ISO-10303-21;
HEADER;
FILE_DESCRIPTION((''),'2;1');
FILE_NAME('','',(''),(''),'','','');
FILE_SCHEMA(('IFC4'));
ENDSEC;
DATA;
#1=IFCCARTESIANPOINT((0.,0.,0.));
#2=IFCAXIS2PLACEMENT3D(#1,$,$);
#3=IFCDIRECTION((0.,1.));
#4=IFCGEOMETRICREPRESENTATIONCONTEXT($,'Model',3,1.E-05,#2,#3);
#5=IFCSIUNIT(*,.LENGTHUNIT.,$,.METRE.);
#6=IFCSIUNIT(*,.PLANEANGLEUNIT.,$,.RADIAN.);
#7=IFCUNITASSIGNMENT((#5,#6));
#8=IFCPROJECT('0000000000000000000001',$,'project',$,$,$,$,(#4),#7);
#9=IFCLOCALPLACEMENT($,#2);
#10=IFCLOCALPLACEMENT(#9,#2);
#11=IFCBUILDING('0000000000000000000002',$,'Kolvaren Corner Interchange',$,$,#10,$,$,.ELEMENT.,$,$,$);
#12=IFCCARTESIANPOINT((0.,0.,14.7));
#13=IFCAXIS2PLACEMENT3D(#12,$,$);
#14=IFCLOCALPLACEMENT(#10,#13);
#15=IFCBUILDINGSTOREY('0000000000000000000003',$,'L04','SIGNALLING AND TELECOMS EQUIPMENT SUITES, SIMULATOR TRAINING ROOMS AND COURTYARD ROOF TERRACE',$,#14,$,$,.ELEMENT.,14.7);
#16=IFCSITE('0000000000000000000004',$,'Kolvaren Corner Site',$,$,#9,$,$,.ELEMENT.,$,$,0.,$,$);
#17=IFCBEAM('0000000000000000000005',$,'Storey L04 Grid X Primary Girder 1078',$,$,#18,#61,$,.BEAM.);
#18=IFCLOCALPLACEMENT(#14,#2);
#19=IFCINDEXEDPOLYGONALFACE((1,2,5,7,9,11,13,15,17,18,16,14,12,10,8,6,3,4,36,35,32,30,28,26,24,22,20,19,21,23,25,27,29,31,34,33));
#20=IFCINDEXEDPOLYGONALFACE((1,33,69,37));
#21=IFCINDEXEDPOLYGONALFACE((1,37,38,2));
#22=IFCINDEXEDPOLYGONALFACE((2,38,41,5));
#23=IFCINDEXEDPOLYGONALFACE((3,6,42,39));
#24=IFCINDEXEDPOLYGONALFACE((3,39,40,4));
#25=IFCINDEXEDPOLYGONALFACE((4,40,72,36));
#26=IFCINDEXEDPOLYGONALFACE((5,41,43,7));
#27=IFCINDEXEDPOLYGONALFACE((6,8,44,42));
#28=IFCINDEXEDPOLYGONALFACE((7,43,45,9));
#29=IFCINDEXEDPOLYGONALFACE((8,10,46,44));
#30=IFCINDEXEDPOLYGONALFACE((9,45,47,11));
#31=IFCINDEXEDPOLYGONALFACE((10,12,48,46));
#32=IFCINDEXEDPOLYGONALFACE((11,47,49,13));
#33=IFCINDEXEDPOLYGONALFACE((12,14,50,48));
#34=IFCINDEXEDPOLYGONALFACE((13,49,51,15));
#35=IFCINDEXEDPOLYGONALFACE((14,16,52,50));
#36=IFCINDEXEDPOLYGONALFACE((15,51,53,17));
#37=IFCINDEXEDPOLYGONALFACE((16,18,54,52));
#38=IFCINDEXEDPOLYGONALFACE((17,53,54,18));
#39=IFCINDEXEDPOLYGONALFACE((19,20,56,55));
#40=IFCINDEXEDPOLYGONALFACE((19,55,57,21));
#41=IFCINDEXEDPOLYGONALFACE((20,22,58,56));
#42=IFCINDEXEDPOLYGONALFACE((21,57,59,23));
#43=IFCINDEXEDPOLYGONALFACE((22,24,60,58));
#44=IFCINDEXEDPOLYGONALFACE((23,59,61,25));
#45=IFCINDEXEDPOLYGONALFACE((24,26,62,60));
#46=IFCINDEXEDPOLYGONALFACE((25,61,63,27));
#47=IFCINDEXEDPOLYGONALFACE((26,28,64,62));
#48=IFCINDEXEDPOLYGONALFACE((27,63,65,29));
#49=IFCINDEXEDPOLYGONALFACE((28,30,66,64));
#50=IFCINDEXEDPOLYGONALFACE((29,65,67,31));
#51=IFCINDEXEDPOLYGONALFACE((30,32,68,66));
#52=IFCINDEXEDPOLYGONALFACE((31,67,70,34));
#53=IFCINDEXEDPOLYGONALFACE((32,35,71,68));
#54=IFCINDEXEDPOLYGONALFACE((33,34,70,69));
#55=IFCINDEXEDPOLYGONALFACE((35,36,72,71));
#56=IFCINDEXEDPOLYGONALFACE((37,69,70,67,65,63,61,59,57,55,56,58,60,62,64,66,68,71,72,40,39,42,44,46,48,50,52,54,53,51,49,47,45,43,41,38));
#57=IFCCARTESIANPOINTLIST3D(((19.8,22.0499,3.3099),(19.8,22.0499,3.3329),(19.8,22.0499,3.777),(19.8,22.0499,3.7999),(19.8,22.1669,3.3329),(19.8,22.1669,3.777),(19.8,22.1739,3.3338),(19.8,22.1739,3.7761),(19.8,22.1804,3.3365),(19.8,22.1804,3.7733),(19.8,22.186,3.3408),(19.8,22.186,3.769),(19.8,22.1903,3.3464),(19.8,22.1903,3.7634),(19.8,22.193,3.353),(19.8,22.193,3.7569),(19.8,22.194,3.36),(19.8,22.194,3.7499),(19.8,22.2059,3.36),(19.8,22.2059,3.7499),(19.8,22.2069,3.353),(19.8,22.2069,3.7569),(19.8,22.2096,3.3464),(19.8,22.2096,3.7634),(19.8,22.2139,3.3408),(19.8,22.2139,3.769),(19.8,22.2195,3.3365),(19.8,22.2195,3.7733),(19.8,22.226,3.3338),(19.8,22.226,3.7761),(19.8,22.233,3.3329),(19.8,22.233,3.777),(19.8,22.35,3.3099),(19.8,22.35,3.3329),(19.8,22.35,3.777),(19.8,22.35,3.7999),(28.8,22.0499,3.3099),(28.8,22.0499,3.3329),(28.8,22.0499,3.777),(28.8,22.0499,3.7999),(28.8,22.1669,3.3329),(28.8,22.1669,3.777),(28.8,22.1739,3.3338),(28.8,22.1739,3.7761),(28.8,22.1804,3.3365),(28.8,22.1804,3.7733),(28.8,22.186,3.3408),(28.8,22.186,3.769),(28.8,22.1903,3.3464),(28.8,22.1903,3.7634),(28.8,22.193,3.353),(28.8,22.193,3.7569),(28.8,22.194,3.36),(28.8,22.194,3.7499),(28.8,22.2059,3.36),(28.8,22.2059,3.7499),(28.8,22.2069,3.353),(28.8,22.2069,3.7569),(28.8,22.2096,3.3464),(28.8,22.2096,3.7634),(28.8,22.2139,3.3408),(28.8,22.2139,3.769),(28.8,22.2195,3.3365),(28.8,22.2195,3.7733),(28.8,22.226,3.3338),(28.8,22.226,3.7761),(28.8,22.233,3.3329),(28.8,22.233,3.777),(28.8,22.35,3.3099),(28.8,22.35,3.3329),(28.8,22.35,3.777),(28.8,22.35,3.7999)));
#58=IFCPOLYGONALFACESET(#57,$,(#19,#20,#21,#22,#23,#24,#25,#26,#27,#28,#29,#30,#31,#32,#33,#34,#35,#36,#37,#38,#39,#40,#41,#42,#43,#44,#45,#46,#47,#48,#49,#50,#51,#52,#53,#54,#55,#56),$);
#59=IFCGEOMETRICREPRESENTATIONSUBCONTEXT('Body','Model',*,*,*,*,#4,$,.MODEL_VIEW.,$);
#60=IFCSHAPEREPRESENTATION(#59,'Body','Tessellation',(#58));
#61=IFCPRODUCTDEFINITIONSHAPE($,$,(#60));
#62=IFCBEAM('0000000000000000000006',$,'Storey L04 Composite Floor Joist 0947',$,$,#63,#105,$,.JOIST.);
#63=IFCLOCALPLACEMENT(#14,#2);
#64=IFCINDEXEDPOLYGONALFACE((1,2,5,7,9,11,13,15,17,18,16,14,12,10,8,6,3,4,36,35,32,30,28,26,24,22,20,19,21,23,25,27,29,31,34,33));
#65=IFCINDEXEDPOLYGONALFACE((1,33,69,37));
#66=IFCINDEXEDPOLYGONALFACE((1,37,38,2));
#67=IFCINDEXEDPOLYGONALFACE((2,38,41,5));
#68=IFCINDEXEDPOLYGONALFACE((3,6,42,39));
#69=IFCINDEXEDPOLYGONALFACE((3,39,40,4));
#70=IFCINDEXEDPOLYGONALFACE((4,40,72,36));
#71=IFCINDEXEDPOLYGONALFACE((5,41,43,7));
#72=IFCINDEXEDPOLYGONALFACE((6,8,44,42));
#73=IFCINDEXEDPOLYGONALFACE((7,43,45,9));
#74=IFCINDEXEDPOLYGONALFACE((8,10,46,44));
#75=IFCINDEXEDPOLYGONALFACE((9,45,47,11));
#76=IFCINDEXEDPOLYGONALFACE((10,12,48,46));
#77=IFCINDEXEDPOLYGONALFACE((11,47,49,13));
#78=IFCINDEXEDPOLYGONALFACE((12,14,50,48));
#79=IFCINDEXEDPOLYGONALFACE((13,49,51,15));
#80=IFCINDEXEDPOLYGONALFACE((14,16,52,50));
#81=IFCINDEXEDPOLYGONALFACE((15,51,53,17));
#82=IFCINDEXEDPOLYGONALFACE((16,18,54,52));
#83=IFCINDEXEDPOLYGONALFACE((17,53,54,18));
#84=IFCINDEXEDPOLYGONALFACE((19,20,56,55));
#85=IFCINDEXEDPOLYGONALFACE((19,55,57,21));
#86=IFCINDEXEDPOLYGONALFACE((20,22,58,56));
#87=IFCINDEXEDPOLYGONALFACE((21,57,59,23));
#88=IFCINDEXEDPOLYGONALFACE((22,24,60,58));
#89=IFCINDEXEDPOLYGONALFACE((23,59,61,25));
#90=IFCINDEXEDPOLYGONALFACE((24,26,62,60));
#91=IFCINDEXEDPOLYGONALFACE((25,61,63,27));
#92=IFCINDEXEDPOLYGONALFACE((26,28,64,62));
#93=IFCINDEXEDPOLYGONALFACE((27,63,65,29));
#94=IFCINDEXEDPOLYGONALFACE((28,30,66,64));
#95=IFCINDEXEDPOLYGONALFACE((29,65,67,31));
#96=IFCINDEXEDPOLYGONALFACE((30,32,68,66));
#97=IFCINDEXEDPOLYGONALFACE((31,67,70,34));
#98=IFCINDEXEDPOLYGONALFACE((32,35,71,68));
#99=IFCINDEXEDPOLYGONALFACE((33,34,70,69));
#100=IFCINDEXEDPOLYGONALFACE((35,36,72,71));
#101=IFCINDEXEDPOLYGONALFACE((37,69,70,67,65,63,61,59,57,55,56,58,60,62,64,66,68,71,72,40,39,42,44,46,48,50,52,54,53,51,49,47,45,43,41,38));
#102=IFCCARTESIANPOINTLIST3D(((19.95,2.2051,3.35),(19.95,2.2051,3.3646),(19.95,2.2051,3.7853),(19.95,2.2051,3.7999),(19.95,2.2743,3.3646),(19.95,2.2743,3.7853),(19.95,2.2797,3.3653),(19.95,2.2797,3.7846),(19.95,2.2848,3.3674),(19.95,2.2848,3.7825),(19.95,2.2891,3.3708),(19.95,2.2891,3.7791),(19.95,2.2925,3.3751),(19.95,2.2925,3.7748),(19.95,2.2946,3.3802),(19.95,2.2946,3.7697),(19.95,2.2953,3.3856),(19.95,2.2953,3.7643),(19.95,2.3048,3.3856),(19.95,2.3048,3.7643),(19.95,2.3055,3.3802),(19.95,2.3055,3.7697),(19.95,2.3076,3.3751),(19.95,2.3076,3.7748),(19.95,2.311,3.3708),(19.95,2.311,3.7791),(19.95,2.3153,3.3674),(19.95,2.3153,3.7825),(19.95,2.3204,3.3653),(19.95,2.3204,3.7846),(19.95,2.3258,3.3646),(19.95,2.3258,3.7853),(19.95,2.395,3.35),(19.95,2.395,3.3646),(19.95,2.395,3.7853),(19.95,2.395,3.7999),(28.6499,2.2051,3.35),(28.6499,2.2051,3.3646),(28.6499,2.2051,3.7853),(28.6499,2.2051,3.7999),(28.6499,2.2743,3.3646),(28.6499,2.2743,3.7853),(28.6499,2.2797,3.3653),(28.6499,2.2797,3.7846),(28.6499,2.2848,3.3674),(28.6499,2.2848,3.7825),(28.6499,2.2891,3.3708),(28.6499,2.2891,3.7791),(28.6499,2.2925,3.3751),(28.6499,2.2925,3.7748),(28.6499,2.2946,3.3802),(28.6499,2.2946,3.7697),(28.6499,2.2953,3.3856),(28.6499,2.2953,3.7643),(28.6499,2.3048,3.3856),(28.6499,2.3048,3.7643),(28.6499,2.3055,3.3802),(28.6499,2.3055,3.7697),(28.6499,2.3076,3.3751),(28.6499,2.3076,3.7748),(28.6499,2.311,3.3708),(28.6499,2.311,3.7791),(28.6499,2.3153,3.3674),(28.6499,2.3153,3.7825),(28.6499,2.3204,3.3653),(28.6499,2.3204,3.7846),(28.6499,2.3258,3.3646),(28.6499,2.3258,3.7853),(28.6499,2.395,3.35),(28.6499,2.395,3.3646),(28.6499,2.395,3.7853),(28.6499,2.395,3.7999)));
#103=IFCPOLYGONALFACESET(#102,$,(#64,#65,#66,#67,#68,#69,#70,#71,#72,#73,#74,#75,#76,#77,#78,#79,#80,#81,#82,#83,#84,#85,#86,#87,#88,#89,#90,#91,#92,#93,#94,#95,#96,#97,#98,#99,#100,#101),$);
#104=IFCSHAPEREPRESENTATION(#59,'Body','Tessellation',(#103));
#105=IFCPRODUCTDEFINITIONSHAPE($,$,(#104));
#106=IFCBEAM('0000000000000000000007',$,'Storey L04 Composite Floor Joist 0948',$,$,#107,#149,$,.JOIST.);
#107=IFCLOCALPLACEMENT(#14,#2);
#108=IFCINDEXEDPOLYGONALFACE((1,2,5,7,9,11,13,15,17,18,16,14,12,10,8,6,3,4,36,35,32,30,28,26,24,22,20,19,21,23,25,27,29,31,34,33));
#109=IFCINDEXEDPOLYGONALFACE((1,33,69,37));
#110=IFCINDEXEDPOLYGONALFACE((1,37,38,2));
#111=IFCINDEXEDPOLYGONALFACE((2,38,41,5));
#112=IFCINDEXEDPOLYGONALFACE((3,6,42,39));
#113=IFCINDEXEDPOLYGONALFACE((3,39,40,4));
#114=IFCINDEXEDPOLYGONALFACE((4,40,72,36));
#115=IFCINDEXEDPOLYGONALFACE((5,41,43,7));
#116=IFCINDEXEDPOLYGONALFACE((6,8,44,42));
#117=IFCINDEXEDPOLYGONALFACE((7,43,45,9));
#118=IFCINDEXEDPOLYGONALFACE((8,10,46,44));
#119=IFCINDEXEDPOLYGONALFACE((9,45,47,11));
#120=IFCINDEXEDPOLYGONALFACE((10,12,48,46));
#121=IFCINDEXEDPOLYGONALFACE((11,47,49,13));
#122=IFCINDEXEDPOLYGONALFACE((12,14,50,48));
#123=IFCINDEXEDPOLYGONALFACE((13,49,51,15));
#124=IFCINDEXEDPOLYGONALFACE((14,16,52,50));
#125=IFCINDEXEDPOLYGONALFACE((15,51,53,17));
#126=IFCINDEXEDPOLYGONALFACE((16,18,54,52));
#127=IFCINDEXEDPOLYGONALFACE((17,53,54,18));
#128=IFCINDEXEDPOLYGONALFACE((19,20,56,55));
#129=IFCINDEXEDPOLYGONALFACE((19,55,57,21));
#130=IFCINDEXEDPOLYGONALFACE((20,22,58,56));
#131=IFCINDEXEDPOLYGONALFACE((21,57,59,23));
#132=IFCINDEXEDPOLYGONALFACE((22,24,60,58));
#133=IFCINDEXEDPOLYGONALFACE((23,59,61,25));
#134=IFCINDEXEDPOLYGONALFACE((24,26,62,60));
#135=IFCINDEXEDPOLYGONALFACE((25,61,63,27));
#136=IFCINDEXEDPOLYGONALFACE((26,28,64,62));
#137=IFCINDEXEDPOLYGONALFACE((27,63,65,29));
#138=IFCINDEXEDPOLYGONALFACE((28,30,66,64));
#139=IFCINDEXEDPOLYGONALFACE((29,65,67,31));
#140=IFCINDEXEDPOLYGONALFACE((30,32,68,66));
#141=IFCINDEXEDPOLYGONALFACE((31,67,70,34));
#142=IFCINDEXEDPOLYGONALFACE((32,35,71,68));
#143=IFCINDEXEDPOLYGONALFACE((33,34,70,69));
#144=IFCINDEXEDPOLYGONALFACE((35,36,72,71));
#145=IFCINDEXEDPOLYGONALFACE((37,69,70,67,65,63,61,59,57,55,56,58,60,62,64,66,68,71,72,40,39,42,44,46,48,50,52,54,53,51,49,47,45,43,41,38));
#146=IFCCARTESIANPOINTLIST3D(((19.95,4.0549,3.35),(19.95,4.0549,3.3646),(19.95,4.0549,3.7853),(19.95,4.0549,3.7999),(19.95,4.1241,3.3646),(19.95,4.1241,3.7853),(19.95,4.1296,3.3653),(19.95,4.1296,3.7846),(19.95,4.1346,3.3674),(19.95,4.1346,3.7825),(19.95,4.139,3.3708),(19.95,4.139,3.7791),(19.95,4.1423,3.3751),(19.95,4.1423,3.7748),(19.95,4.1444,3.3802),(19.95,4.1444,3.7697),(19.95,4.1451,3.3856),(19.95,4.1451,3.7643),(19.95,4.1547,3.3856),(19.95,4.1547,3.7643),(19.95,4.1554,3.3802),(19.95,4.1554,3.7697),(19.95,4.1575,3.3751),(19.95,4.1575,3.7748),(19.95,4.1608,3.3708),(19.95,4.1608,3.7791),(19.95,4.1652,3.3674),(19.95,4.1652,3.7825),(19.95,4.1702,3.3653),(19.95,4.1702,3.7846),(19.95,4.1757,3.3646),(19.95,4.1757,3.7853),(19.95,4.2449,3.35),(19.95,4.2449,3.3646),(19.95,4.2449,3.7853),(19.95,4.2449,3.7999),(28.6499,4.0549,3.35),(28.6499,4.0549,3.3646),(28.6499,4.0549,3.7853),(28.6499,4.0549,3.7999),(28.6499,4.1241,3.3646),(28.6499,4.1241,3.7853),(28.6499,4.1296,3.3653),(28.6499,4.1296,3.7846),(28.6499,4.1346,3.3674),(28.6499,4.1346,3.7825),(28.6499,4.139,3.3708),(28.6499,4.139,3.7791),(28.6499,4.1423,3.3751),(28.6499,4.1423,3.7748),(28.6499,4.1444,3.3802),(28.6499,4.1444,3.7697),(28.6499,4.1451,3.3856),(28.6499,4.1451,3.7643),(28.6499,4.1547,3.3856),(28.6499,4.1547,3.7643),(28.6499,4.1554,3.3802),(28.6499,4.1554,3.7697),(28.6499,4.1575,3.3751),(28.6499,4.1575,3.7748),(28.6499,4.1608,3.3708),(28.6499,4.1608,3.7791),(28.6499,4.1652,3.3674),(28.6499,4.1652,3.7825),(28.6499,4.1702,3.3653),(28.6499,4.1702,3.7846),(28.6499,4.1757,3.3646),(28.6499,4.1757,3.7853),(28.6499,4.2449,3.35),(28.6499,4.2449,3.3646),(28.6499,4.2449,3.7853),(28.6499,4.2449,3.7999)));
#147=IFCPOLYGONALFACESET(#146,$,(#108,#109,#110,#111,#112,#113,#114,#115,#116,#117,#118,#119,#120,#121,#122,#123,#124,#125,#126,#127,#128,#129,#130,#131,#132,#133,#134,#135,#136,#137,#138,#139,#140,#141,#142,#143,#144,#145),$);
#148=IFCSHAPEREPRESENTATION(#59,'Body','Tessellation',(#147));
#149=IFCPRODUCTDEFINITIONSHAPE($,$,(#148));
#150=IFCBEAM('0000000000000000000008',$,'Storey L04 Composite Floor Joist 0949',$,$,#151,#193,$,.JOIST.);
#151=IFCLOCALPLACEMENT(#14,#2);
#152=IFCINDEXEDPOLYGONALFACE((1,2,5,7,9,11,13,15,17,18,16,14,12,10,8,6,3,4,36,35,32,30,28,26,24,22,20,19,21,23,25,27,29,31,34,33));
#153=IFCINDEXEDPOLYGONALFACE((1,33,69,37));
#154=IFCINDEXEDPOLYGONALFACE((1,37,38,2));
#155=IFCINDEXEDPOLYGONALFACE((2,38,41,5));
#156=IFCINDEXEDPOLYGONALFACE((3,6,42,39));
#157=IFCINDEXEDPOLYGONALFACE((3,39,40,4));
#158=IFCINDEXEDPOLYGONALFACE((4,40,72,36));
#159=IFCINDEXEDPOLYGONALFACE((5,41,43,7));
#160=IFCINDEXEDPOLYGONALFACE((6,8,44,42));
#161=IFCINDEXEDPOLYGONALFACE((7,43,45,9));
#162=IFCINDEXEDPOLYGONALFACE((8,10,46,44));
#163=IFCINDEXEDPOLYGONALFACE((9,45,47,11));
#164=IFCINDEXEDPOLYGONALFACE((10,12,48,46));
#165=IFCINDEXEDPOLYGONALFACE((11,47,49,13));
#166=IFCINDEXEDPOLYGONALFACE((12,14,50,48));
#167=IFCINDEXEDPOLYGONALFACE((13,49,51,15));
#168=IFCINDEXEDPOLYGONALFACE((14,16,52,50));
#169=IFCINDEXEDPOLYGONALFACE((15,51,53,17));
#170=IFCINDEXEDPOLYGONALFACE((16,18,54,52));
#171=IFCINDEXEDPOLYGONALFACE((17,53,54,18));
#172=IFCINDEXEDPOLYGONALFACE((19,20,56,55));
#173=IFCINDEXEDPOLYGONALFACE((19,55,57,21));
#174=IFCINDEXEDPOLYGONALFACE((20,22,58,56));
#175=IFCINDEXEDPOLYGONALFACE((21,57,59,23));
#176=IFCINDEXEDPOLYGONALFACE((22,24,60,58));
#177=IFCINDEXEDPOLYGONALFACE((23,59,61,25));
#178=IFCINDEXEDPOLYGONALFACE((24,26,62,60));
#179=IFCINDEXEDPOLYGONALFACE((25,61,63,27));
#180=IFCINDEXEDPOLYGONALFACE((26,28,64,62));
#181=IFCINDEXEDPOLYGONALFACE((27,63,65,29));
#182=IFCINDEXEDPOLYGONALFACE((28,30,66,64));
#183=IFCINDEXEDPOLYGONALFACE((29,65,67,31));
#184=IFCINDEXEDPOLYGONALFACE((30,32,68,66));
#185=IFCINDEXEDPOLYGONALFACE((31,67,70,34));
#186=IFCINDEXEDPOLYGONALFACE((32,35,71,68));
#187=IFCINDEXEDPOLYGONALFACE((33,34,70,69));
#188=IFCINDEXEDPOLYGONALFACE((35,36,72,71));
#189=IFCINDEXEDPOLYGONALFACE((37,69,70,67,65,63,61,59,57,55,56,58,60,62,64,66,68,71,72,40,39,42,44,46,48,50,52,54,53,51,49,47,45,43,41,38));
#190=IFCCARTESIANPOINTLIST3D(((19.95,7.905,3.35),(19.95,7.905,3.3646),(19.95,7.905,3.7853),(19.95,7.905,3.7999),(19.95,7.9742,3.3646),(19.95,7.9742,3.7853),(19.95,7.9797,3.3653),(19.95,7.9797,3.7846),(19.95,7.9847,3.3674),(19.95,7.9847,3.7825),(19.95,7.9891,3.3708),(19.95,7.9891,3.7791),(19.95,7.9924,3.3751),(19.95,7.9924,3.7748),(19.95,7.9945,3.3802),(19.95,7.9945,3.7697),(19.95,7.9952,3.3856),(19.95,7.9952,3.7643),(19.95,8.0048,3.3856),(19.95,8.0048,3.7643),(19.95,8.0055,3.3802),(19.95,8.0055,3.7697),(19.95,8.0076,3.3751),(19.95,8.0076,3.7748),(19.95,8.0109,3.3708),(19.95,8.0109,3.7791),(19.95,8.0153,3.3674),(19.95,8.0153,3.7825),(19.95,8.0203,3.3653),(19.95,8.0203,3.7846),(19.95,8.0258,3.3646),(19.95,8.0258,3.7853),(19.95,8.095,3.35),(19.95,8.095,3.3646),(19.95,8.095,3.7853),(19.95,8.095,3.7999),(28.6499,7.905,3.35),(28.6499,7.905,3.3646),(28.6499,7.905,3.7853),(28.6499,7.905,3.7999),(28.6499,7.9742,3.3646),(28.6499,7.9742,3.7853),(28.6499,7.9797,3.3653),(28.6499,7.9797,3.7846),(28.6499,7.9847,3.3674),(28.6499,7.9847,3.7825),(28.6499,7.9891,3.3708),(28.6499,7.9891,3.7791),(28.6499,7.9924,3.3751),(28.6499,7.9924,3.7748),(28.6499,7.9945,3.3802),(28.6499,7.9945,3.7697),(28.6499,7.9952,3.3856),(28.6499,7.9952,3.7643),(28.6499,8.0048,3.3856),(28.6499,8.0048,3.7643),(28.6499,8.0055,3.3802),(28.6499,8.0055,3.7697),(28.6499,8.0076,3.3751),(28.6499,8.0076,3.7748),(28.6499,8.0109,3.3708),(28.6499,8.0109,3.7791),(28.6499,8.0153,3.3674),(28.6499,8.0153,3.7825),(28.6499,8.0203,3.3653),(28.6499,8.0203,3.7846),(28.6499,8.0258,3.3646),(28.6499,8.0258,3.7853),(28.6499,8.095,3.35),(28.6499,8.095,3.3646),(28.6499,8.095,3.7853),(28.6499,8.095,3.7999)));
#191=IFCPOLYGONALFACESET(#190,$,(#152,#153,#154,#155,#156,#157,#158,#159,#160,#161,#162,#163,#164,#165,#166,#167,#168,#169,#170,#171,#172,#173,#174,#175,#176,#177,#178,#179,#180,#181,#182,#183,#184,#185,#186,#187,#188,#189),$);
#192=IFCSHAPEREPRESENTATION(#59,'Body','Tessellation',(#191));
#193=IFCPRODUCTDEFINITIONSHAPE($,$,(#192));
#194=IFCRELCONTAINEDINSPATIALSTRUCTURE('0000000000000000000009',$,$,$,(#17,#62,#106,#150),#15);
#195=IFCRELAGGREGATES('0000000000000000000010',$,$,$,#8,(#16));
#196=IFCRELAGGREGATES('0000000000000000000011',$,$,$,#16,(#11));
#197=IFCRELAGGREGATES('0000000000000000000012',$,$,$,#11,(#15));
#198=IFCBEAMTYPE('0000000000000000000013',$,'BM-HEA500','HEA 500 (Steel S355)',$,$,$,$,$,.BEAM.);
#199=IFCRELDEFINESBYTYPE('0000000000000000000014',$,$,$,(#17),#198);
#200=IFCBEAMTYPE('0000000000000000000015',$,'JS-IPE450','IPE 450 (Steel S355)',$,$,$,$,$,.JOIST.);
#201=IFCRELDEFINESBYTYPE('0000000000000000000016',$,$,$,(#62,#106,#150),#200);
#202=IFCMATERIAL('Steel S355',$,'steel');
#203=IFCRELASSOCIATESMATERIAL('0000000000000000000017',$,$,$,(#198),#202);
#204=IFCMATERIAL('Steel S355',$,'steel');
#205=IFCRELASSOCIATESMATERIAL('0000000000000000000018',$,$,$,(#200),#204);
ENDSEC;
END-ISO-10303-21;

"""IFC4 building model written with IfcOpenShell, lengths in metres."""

from ifc_helpers import new_model, si_unit, direction, frame, origin, origin_2d, place, context, subcontext, project, spatial, i_section, extrude, material, material_profile, profile_set, type_object, element, save


model = new_model("IFC4")

# Units and contexts
model_context = context("Model", 3, precision=1e-05, world=origin(), true_north=direction((0.0, 1.0)))
body_context = subcontext(model_context, "Body", "Model", "MODEL_VIEW")
ifc_project = project(units=[si_unit("LENGTHUNIT", "METRE"), si_unit("PLANEANGLEUNIT", "RADIAN")], contexts=[model_context])

# Site, building, storey
site_placement = place(None, origin())
site = spatial("IfcSite", under=ifc_project, at=site_placement, Name="Kolvaren Corner Site", CompositionType="ELEMENT", RefElevation=0.0)
building_placement = place(site_placement, origin())
building = spatial("IfcBuilding", under=site, at=building_placement, Name="Kolvaren Corner Interchange", CompositionType="ELEMENT")
storey_placement = place(building_placement, frame((0.0, 0.0, 14.7)))
storey = spatial("IfcBuildingStorey", under=building, at=storey_placement, Name="L04", Description="SIGNALLING AND TELECOMS EQUIPMENT SUITES, SIMULATOR TRAINING ROOMS AND COURTYARD ROOF TERRACE", CompositionType="ELEMENT", Elevation=14.7)

# Beams
ifc_material_1 = material(Name="Steel S355", Category="steel")
ifc_material_profile_1 = material_profile(ifc_material_1, i_section(OverallWidth=0.3, OverallDepth=0.49, WebThickness=0.012, FlangeThickness=0.0229, FilletRadius=0.0271, at=origin_2d()), Name="HEA 500")
ifc_profile_set_1 = profile_set([ifc_material_profile_1], Name="Steel S355")
beam_type_1 = type_object("IfcBeamType", Name="BM-HEA500", Description="HEA 500 (Steel S355)", PredefinedType="BEAM", material=ifc_profile_set_1)
for number, where, z_axis, x_axis, name in (
    (1, (19.8, 22.2, 3.5549), (1.0, 0.0, 0.0), (0.0, 1.0, 0.0), "Storey L04 Grid X Primary Girder 1078"),
):
    element("IfcBeam", number, at=place(storey_placement, frame(where, z_axis=z_axis, x_axis=x_axis)), inside=storey, type_object=beam_type_1, Name=name, PredefinedType="BEAM", context=body_context, shape_type="SweptSolid", body=[
        extrude(i_section(OverallWidth=0.3, OverallDepth=0.49, WebThickness=0.012, FlangeThickness=0.0229, FilletRadius=0.0271, at=origin_2d()), origin(), (0.0, 0.0, 1.0), 9.0),
    ])
ifc_material_2 = material(Name="Steel S355", Category="steel")
ifc_material_profile_2 = material_profile(ifc_material_2, i_section(OverallWidth=0.1899, OverallDepth=0.45, WebThickness=0.0095, FlangeThickness=0.0146, FilletRadius=0.021, at=origin_2d()), Name="IPE 450")
ifc_profile_set_2 = profile_set([ifc_material_profile_2], Name="Steel S355")
beam_type_2 = type_object("IfcBeamType", Name="JS-IPE450", Description="IPE 450 (Steel S355)", PredefinedType="JOIST", material=ifc_profile_set_2)
for number, where, z_axis, x_axis, name in (
    (2, (19.95, 2.3, 3.575), (1.0, 0.0, 0.0), (0.0, 1.0, 0.0), "Storey L04 Composite Floor Joist 0947"),
    (3, (19.95, 4.1499, 3.575), (1.0, 0.0, 0.0), (0.0, 1.0, 0.0), "Storey L04 Composite Floor Joist 0948"),
    (4, (19.95, 8.0, 3.575), (1.0, 0.0, 0.0), (0.0, 1.0, 0.0), "Storey L04 Composite Floor Joist 0949"),
):
    element("IfcBeam", number, at=place(storey_placement, frame(where, z_axis=z_axis, x_axis=x_axis)), inside=storey, type_object=beam_type_2, Name=name, PredefinedType="JOIST", context=body_context, shape_type="SweptSolid", body=[
        extrude(i_section(OverallWidth=0.1899, OverallDepth=0.45, WebThickness=0.0095, FlangeThickness=0.0146, FilletRadius=0.021, at=origin_2d()), origin(), (0.0, 0.0, 1.0), 8.7),
    ])

save(model, "model.ifc")
